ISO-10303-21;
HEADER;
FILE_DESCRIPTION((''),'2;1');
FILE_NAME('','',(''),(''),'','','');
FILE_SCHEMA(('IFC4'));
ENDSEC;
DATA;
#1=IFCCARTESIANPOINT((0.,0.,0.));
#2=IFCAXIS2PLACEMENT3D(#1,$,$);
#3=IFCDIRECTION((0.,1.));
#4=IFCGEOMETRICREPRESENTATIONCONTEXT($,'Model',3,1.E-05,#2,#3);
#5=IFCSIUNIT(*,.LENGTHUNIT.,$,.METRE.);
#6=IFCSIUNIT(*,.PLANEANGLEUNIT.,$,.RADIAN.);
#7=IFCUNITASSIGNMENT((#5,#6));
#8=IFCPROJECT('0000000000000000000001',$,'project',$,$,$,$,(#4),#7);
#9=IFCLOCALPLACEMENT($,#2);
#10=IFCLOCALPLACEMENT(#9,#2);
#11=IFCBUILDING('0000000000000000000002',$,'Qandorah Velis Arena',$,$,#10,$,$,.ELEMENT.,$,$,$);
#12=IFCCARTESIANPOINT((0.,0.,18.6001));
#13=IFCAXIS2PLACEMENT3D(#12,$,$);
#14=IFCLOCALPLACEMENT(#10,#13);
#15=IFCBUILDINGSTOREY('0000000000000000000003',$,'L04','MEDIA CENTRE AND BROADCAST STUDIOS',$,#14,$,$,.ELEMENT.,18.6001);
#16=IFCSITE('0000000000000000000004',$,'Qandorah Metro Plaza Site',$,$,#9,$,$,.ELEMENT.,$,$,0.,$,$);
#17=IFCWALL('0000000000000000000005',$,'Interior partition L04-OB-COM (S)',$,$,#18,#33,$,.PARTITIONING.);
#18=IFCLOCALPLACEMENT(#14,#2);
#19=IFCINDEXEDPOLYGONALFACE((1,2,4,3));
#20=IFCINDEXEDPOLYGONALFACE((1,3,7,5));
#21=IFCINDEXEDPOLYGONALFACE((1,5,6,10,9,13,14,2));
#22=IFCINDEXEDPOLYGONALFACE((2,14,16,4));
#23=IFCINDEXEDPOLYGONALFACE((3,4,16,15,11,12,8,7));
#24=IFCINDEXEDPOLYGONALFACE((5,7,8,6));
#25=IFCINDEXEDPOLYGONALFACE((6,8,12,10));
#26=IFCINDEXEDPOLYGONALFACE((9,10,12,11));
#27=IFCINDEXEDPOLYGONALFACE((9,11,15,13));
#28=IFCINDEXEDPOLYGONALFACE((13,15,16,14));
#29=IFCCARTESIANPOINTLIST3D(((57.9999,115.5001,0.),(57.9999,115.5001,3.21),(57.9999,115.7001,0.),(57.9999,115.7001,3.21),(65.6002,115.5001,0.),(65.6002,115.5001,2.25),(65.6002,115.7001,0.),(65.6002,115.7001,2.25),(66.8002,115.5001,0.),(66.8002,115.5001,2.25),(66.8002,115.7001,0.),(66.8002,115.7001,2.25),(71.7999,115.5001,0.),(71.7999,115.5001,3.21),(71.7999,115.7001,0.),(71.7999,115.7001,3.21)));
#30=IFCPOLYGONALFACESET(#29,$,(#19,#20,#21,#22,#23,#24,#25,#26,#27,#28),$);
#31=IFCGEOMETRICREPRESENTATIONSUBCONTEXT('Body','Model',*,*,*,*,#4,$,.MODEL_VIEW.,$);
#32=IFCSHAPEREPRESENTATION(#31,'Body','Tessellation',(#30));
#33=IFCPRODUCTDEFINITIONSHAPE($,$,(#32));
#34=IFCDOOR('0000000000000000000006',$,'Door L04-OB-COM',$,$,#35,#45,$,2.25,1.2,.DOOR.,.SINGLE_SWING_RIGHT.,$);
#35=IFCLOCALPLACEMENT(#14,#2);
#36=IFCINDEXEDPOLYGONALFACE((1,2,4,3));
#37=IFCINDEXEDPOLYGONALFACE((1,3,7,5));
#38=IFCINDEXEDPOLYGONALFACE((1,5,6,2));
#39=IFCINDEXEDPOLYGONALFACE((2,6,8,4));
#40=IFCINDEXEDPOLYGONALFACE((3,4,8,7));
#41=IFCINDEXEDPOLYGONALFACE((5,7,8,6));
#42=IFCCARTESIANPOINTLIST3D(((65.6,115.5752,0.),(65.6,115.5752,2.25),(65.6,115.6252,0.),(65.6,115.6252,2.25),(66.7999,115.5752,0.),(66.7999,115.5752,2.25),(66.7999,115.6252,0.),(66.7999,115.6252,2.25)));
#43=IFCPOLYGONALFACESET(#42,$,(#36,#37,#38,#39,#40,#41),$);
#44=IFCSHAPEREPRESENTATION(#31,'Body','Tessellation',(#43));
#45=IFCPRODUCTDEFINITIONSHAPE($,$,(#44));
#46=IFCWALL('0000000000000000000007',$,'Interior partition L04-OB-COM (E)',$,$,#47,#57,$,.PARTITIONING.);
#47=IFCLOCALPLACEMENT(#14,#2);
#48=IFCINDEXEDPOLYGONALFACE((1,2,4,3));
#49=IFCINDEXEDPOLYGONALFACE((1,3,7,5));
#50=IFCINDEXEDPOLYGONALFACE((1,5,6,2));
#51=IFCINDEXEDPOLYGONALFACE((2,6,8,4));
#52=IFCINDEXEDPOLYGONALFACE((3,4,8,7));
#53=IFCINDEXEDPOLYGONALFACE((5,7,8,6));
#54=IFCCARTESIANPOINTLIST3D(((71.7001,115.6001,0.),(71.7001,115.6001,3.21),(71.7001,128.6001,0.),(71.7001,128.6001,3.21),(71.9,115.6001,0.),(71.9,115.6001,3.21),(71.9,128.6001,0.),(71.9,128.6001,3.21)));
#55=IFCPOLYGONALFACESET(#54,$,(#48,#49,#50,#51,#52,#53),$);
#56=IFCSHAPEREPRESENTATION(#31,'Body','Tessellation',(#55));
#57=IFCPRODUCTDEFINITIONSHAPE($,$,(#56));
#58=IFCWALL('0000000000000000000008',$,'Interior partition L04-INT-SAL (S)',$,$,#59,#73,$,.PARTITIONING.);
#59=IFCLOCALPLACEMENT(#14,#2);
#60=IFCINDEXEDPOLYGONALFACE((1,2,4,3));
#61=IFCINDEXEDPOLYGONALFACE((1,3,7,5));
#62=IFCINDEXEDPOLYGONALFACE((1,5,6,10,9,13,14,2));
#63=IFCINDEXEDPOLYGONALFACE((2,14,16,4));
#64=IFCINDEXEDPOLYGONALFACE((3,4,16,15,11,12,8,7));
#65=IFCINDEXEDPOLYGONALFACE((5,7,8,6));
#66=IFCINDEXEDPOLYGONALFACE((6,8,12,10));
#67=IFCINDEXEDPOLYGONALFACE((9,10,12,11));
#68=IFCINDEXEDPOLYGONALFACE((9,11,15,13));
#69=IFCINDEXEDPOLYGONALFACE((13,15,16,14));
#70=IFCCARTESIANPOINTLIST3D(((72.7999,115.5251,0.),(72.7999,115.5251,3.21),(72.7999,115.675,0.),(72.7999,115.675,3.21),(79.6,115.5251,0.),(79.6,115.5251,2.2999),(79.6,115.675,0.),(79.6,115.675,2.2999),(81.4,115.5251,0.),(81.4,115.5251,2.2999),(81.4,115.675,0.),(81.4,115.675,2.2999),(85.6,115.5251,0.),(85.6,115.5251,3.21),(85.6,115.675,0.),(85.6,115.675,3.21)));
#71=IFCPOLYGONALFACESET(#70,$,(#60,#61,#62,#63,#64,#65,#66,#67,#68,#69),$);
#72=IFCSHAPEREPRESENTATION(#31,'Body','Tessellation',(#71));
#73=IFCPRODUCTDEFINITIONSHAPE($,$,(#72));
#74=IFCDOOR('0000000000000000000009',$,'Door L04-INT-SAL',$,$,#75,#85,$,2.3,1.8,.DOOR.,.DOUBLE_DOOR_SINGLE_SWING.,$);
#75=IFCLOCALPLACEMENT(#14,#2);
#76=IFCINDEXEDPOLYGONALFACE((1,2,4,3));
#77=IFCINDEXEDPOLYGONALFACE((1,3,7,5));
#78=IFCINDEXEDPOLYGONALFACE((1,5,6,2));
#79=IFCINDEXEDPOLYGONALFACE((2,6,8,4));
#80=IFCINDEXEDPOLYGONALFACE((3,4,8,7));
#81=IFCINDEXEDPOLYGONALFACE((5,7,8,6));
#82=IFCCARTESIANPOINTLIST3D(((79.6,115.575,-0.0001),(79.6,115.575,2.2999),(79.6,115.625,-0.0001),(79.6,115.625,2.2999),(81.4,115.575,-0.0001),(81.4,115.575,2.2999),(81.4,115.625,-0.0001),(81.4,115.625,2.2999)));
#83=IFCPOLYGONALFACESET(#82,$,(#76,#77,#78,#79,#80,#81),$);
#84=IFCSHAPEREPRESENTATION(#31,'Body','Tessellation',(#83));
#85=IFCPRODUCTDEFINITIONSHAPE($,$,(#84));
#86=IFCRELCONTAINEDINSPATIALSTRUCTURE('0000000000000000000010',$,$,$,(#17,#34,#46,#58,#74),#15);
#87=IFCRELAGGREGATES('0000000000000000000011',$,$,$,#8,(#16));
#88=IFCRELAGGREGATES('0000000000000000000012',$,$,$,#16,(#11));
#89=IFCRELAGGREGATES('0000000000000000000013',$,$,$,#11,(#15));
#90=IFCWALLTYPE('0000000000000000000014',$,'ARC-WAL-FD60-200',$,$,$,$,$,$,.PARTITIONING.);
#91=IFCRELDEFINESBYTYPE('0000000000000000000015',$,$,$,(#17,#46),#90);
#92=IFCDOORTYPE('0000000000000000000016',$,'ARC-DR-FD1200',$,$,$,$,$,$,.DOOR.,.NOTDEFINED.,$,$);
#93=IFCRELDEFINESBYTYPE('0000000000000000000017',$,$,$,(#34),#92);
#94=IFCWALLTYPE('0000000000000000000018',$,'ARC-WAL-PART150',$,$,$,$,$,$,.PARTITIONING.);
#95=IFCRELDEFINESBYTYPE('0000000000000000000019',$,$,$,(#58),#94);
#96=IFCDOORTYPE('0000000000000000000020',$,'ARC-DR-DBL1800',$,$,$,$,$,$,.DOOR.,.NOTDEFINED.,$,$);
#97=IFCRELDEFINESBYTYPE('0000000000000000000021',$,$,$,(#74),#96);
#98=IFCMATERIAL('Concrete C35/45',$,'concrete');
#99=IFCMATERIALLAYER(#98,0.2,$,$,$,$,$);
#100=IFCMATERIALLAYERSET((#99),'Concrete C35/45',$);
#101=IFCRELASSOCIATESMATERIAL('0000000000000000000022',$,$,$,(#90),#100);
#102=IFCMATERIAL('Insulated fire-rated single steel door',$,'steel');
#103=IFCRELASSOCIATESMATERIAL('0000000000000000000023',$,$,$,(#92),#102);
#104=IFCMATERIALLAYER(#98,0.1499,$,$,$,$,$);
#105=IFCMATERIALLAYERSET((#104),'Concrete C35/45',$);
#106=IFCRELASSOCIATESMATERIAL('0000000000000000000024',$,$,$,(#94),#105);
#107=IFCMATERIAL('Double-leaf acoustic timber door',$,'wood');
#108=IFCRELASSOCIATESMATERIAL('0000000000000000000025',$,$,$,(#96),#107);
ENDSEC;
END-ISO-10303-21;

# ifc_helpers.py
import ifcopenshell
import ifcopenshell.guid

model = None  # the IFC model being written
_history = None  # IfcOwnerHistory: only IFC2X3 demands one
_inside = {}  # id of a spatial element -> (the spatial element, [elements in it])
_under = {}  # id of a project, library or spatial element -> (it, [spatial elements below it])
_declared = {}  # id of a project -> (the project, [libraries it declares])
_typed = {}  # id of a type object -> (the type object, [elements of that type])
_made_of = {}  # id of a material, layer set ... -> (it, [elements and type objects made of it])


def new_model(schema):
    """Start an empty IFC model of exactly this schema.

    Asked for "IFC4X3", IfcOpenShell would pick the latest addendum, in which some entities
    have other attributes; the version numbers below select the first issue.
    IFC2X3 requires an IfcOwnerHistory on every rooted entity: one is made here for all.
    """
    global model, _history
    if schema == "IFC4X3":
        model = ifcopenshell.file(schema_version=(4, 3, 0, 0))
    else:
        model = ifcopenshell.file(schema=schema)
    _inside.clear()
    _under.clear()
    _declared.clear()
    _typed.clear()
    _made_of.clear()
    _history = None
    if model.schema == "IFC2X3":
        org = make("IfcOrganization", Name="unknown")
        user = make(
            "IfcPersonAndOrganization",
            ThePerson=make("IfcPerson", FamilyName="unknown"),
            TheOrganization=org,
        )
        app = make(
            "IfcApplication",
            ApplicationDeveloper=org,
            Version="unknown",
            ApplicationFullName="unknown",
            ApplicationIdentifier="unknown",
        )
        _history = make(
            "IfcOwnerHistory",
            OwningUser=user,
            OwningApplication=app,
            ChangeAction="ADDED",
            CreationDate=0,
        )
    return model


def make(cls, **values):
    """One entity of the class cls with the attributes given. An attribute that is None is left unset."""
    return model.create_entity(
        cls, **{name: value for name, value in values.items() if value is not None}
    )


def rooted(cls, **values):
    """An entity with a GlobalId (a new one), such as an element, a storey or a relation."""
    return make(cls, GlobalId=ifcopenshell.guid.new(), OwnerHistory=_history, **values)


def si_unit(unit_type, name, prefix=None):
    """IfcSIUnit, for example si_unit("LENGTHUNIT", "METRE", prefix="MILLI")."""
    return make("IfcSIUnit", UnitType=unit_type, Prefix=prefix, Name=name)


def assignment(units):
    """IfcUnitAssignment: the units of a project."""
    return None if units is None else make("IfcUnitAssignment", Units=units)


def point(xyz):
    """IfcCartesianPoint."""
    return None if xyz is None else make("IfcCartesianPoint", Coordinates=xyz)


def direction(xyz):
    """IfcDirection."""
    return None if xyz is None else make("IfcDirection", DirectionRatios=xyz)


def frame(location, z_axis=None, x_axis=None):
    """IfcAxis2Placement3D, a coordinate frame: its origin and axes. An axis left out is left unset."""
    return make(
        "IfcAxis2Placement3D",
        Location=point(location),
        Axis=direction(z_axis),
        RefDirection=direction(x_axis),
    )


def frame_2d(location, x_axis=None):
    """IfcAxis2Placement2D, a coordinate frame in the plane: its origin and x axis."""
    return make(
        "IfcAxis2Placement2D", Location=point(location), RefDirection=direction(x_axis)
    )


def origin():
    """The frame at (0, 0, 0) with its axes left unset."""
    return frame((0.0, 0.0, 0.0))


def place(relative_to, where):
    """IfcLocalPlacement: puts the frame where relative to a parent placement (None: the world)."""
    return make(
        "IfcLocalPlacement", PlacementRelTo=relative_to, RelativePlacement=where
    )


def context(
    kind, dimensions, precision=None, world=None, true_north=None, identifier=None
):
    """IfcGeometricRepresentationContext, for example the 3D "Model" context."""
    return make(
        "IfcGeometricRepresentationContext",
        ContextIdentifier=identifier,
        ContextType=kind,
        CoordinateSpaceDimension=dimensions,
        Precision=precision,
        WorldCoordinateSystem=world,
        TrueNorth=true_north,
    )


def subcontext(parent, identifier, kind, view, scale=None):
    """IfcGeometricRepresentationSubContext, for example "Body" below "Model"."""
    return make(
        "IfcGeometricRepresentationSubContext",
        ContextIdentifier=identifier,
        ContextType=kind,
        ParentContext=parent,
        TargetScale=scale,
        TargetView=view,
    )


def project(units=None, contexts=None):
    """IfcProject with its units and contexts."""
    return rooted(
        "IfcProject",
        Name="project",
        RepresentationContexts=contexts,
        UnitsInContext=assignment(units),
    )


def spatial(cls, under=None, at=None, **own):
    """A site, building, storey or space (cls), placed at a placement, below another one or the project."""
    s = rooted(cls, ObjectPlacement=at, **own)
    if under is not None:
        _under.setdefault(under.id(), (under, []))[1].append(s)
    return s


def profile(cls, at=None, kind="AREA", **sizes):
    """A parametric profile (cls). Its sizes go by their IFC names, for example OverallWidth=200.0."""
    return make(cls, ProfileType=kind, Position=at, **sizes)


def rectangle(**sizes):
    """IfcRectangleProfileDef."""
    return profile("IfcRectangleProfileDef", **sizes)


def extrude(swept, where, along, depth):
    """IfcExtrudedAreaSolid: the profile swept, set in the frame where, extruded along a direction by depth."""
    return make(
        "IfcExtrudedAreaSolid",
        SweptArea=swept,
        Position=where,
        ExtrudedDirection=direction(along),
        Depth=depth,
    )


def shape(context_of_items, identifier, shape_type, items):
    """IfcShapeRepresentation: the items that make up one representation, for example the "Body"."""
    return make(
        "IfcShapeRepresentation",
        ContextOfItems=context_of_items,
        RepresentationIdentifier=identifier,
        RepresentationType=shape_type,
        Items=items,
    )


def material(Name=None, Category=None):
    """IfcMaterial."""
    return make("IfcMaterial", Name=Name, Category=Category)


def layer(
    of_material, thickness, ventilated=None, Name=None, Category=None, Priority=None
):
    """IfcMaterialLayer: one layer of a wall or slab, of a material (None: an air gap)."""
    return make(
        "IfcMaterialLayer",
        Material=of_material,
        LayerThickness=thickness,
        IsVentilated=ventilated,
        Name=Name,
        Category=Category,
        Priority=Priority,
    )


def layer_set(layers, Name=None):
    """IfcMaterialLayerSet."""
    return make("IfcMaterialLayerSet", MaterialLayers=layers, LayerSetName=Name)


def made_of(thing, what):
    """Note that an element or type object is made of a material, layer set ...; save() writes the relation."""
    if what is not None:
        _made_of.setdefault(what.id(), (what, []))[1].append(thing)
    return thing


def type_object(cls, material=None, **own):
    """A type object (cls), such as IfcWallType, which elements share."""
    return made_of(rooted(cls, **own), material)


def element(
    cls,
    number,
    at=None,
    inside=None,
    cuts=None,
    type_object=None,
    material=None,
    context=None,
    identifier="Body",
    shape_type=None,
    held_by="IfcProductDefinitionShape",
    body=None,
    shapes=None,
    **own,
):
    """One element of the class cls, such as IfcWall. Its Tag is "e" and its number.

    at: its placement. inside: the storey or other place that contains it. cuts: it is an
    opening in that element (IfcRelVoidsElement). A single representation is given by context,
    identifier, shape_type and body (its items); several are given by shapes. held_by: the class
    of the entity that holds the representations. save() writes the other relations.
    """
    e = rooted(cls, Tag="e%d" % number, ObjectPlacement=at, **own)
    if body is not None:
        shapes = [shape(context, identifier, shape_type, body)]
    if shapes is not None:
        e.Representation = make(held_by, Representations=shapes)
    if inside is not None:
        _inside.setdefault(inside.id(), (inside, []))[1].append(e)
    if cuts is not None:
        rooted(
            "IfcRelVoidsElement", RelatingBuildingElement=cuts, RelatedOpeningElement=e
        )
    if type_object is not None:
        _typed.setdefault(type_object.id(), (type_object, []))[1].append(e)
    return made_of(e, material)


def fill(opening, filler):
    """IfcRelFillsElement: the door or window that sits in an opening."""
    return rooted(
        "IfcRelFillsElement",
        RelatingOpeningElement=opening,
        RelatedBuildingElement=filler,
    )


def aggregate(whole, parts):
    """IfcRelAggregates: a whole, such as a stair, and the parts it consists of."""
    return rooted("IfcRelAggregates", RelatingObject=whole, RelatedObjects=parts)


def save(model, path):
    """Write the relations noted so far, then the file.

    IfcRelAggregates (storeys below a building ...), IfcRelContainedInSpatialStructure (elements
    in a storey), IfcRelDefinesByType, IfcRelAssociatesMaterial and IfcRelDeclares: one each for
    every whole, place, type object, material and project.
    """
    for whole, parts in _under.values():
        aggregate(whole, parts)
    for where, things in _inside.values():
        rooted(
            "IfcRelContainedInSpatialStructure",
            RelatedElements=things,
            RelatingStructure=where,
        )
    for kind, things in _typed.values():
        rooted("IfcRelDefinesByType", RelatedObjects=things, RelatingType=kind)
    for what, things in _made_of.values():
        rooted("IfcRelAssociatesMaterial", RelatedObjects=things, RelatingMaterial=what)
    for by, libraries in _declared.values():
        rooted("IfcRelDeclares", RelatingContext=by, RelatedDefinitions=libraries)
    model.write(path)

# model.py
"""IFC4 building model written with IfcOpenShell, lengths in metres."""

from ifc_helpers import new_model, si_unit, direction, frame, frame_2d, origin, place, context, subcontext, project, spatial, rectangle, extrude, material, layer, layer_set, type_object, element, fill, save


model = new_model("IFC4")

# Units and contexts
model_context = context("Model", 3, precision=1e-05, world=origin(), true_north=direction((0.0, 1.0)))
body_context = subcontext(model_context, "Body", "Model", "MODEL_VIEW")
ifc_project = project(units=[si_unit("LENGTHUNIT", "METRE"), si_unit("PLANEANGLEUNIT", "RADIAN")], contexts=[model_context])

# Site, building, storey
site_placement = place(None, origin())
site = spatial("IfcSite", under=ifc_project, at=site_placement, Name="Qandorah Metro Plaza Site", CompositionType="ELEMENT", RefElevation=0.0)
building_placement = place(site_placement, origin())
building = spatial("IfcBuilding", under=site, at=building_placement, Name="Qandorah Velis Arena", CompositionType="ELEMENT")
storey_placement = place(building_placement, frame((0.0, 0.0, 18.6001)))
storey = spatial("IfcBuildingStorey", under=building, at=storey_placement, Name="L04", Description="MEDIA CENTRE AND BROADCAST STUDIOS", CompositionType="ELEMENT", Elevation=18.6001)

# Wall, opening, door
ifc_material_1 = material(Name="Concrete C35/45", Category="concrete")
ifc_layer_1 = layer(ifc_material_1, 0.2)
ifc_layer_set_1 = layer_set([ifc_layer_1], Name="Concrete C35/45")
wall_type_1 = type_object("IfcWallType", Name="ARC-WAL-FD60-200", PredefinedType="PARTITIONING", material=ifc_layer_set_1)
wall_1_placement = place(storey_placement, frame((58.0, 115.6001, 0.0), z_axis=(0.0, 0.0, 1.0), x_axis=(1.0, 0.0, 0.0)))
wall_1 = element("IfcWall", 1, at=wall_1_placement, inside=storey, type_object=wall_type_1, Name="Interior partition L04-OB-COM (S)", PredefinedType="PARTITIONING", context=body_context, shape_type="SweptSolid", body=[
    extrude(rectangle(XDim=13.8, YDim=0.2, at=frame_2d((6.8999, 0.0))), origin(), (0.0, 0.0, 1.0), 3.21),
])
opening_1_placement = place(wall_1_placement, frame((7.6001, 0.0, 0.0)))
opening_1 = element("IfcOpeningElement", 2, at=opening_1_placement, cuts=wall_1, PredefinedType="OPENING", context=body_context, shape_type="SweptSolid", body=[
    extrude(rectangle(XDim=1.2, YDim=2.25, at=frame_2d((0.6001, 1.125))), frame((0.0, 0.1099, 0.0), z_axis=(0.0, -1.0, 0.0), x_axis=(1.0, 0.0, 0.0)), (0.0, 0.0, 1.0), 0.22),
])
ifc_material_2 = material(Name="Insulated fire-rated single steel door", Category="steel")
door_type_1 = type_object("IfcDoorType", Name="ARC-DR-FD1200", OperationType="NOTDEFINED", PredefinedType="DOOR", material=ifc_material_2)
door_1_placement = place(opening_1_placement, frame((1.2, 0.0, 0.0), z_axis=(0.0, 0.0, 1.0), x_axis=(-1.0, 0.0, 0.0)))
door_1 = element("IfcDoor", 3, at=door_1_placement, inside=storey, type_object=door_type_1, Name="Door L04-OB-COM", OperationType="SINGLE_SWING_RIGHT", OverallHeight=2.25, OverallWidth=1.2, PredefinedType="DOOR", context=body_context, shape_type="SweptSolid", body=[
    extrude(rectangle(XDim=1.2, YDim=2.25, at=frame_2d((0.6001, 1.125))), frame((0.0, 0.0249, 0.0), z_axis=(0.0, -1.0, 0.0), x_axis=(1.0, 0.0, 0.0)), (0.0, 0.0, 1.0), 0.05),
])
fill(opening_1, door_1)

# Wall
wall_2_placement = place(storey_placement, frame((71.8, 115.6001, 0.0), z_axis=(0.0, 0.0, 1.0), x_axis=(0.0, 1.0, 0.0)))
element("IfcWall", 4, at=wall_2_placement, inside=storey, type_object=wall_type_1, Name="Interior partition L04-OB-COM (E)", PredefinedType="PARTITIONING", context=body_context, shape_type="SweptSolid", body=[
    extrude(rectangle(XDim=13.0, YDim=0.2, at=frame_2d((6.5, 0.0))), origin(), (0.0, 0.0, 1.0), 3.21),
])

# Wall, opening, door
ifc_layer_2 = layer(ifc_material_1, 0.1499)
ifc_layer_set_2 = layer_set([ifc_layer_2], Name="Concrete C35/45")
wall_type_2 = type_object("IfcWallType", Name="ARC-WAL-PART150", PredefinedType="PARTITIONING", material=ifc_layer_set_2)
wall_3_placement = place(storey_placement, frame((72.8, 115.6001, 0.0), z_axis=(0.0, 0.0, 1.0), x_axis=(1.0, 0.0, 0.0)))
wall_3 = element("IfcWall", 5, at=wall_3_placement, inside=storey, type_object=wall_type_2, Name="Interior partition L04-INT-SAL (S)", PredefinedType="PARTITIONING", context=body_context, shape_type="SweptSolid", body=[
    extrude(rectangle(XDim=12.8, YDim=0.1499, at=frame_2d((6.3999, 0.0))), origin(), (0.0, 0.0, 1.0), 3.21),
])
opening_2_placement = place(wall_3_placement, frame((6.8, 0.0, 0.0)))
opening_2 = element("IfcOpeningElement", 6, at=opening_2_placement, cuts=wall_3, PredefinedType="OPENING", context=body_context, shape_type="SweptSolid", body=[
    extrude(rectangle(XDim=1.8, YDim=2.3, at=frame_2d((0.8999, 1.1499))), frame((0.0, 0.085, 0.0), z_axis=(0.0, -1.0, 0.0), x_axis=(1.0, 0.0, 0.0)), (0.0, 0.0, 1.0), 0.1699),
])
ifc_material_3 = material(Name="Double-leaf acoustic timber door", Category="wood")
door_type_2 = type_object("IfcDoorType", Name="ARC-DR-DBL1800", OperationType="NOTDEFINED", PredefinedType="DOOR", material=ifc_material_3)
door_2_placement = place(opening_2_placement, origin())
door_2 = element("IfcDoor", 7, at=door_2_placement, inside=storey, type_object=door_type_2, Name="Door L04-INT-SAL", OperationType="DOUBLE_DOOR_SINGLE_SWING", OverallHeight=2.3, OverallWidth=1.8, PredefinedType="DOOR", context=body_context, shape_type="SweptSolid", body=[
    extrude(rectangle(XDim=1.8, YDim=2.3, at=frame_2d((0.8999, 1.1499))), frame((0.0, 0.0249, 0.0), z_axis=(0.0, -1.0, 0.0), x_axis=(1.0, 0.0, 0.0)), (0.0, 0.0, 1.0), 0.05),
])
fill(opening_2, door_2)

save(model, "model.ifc")
